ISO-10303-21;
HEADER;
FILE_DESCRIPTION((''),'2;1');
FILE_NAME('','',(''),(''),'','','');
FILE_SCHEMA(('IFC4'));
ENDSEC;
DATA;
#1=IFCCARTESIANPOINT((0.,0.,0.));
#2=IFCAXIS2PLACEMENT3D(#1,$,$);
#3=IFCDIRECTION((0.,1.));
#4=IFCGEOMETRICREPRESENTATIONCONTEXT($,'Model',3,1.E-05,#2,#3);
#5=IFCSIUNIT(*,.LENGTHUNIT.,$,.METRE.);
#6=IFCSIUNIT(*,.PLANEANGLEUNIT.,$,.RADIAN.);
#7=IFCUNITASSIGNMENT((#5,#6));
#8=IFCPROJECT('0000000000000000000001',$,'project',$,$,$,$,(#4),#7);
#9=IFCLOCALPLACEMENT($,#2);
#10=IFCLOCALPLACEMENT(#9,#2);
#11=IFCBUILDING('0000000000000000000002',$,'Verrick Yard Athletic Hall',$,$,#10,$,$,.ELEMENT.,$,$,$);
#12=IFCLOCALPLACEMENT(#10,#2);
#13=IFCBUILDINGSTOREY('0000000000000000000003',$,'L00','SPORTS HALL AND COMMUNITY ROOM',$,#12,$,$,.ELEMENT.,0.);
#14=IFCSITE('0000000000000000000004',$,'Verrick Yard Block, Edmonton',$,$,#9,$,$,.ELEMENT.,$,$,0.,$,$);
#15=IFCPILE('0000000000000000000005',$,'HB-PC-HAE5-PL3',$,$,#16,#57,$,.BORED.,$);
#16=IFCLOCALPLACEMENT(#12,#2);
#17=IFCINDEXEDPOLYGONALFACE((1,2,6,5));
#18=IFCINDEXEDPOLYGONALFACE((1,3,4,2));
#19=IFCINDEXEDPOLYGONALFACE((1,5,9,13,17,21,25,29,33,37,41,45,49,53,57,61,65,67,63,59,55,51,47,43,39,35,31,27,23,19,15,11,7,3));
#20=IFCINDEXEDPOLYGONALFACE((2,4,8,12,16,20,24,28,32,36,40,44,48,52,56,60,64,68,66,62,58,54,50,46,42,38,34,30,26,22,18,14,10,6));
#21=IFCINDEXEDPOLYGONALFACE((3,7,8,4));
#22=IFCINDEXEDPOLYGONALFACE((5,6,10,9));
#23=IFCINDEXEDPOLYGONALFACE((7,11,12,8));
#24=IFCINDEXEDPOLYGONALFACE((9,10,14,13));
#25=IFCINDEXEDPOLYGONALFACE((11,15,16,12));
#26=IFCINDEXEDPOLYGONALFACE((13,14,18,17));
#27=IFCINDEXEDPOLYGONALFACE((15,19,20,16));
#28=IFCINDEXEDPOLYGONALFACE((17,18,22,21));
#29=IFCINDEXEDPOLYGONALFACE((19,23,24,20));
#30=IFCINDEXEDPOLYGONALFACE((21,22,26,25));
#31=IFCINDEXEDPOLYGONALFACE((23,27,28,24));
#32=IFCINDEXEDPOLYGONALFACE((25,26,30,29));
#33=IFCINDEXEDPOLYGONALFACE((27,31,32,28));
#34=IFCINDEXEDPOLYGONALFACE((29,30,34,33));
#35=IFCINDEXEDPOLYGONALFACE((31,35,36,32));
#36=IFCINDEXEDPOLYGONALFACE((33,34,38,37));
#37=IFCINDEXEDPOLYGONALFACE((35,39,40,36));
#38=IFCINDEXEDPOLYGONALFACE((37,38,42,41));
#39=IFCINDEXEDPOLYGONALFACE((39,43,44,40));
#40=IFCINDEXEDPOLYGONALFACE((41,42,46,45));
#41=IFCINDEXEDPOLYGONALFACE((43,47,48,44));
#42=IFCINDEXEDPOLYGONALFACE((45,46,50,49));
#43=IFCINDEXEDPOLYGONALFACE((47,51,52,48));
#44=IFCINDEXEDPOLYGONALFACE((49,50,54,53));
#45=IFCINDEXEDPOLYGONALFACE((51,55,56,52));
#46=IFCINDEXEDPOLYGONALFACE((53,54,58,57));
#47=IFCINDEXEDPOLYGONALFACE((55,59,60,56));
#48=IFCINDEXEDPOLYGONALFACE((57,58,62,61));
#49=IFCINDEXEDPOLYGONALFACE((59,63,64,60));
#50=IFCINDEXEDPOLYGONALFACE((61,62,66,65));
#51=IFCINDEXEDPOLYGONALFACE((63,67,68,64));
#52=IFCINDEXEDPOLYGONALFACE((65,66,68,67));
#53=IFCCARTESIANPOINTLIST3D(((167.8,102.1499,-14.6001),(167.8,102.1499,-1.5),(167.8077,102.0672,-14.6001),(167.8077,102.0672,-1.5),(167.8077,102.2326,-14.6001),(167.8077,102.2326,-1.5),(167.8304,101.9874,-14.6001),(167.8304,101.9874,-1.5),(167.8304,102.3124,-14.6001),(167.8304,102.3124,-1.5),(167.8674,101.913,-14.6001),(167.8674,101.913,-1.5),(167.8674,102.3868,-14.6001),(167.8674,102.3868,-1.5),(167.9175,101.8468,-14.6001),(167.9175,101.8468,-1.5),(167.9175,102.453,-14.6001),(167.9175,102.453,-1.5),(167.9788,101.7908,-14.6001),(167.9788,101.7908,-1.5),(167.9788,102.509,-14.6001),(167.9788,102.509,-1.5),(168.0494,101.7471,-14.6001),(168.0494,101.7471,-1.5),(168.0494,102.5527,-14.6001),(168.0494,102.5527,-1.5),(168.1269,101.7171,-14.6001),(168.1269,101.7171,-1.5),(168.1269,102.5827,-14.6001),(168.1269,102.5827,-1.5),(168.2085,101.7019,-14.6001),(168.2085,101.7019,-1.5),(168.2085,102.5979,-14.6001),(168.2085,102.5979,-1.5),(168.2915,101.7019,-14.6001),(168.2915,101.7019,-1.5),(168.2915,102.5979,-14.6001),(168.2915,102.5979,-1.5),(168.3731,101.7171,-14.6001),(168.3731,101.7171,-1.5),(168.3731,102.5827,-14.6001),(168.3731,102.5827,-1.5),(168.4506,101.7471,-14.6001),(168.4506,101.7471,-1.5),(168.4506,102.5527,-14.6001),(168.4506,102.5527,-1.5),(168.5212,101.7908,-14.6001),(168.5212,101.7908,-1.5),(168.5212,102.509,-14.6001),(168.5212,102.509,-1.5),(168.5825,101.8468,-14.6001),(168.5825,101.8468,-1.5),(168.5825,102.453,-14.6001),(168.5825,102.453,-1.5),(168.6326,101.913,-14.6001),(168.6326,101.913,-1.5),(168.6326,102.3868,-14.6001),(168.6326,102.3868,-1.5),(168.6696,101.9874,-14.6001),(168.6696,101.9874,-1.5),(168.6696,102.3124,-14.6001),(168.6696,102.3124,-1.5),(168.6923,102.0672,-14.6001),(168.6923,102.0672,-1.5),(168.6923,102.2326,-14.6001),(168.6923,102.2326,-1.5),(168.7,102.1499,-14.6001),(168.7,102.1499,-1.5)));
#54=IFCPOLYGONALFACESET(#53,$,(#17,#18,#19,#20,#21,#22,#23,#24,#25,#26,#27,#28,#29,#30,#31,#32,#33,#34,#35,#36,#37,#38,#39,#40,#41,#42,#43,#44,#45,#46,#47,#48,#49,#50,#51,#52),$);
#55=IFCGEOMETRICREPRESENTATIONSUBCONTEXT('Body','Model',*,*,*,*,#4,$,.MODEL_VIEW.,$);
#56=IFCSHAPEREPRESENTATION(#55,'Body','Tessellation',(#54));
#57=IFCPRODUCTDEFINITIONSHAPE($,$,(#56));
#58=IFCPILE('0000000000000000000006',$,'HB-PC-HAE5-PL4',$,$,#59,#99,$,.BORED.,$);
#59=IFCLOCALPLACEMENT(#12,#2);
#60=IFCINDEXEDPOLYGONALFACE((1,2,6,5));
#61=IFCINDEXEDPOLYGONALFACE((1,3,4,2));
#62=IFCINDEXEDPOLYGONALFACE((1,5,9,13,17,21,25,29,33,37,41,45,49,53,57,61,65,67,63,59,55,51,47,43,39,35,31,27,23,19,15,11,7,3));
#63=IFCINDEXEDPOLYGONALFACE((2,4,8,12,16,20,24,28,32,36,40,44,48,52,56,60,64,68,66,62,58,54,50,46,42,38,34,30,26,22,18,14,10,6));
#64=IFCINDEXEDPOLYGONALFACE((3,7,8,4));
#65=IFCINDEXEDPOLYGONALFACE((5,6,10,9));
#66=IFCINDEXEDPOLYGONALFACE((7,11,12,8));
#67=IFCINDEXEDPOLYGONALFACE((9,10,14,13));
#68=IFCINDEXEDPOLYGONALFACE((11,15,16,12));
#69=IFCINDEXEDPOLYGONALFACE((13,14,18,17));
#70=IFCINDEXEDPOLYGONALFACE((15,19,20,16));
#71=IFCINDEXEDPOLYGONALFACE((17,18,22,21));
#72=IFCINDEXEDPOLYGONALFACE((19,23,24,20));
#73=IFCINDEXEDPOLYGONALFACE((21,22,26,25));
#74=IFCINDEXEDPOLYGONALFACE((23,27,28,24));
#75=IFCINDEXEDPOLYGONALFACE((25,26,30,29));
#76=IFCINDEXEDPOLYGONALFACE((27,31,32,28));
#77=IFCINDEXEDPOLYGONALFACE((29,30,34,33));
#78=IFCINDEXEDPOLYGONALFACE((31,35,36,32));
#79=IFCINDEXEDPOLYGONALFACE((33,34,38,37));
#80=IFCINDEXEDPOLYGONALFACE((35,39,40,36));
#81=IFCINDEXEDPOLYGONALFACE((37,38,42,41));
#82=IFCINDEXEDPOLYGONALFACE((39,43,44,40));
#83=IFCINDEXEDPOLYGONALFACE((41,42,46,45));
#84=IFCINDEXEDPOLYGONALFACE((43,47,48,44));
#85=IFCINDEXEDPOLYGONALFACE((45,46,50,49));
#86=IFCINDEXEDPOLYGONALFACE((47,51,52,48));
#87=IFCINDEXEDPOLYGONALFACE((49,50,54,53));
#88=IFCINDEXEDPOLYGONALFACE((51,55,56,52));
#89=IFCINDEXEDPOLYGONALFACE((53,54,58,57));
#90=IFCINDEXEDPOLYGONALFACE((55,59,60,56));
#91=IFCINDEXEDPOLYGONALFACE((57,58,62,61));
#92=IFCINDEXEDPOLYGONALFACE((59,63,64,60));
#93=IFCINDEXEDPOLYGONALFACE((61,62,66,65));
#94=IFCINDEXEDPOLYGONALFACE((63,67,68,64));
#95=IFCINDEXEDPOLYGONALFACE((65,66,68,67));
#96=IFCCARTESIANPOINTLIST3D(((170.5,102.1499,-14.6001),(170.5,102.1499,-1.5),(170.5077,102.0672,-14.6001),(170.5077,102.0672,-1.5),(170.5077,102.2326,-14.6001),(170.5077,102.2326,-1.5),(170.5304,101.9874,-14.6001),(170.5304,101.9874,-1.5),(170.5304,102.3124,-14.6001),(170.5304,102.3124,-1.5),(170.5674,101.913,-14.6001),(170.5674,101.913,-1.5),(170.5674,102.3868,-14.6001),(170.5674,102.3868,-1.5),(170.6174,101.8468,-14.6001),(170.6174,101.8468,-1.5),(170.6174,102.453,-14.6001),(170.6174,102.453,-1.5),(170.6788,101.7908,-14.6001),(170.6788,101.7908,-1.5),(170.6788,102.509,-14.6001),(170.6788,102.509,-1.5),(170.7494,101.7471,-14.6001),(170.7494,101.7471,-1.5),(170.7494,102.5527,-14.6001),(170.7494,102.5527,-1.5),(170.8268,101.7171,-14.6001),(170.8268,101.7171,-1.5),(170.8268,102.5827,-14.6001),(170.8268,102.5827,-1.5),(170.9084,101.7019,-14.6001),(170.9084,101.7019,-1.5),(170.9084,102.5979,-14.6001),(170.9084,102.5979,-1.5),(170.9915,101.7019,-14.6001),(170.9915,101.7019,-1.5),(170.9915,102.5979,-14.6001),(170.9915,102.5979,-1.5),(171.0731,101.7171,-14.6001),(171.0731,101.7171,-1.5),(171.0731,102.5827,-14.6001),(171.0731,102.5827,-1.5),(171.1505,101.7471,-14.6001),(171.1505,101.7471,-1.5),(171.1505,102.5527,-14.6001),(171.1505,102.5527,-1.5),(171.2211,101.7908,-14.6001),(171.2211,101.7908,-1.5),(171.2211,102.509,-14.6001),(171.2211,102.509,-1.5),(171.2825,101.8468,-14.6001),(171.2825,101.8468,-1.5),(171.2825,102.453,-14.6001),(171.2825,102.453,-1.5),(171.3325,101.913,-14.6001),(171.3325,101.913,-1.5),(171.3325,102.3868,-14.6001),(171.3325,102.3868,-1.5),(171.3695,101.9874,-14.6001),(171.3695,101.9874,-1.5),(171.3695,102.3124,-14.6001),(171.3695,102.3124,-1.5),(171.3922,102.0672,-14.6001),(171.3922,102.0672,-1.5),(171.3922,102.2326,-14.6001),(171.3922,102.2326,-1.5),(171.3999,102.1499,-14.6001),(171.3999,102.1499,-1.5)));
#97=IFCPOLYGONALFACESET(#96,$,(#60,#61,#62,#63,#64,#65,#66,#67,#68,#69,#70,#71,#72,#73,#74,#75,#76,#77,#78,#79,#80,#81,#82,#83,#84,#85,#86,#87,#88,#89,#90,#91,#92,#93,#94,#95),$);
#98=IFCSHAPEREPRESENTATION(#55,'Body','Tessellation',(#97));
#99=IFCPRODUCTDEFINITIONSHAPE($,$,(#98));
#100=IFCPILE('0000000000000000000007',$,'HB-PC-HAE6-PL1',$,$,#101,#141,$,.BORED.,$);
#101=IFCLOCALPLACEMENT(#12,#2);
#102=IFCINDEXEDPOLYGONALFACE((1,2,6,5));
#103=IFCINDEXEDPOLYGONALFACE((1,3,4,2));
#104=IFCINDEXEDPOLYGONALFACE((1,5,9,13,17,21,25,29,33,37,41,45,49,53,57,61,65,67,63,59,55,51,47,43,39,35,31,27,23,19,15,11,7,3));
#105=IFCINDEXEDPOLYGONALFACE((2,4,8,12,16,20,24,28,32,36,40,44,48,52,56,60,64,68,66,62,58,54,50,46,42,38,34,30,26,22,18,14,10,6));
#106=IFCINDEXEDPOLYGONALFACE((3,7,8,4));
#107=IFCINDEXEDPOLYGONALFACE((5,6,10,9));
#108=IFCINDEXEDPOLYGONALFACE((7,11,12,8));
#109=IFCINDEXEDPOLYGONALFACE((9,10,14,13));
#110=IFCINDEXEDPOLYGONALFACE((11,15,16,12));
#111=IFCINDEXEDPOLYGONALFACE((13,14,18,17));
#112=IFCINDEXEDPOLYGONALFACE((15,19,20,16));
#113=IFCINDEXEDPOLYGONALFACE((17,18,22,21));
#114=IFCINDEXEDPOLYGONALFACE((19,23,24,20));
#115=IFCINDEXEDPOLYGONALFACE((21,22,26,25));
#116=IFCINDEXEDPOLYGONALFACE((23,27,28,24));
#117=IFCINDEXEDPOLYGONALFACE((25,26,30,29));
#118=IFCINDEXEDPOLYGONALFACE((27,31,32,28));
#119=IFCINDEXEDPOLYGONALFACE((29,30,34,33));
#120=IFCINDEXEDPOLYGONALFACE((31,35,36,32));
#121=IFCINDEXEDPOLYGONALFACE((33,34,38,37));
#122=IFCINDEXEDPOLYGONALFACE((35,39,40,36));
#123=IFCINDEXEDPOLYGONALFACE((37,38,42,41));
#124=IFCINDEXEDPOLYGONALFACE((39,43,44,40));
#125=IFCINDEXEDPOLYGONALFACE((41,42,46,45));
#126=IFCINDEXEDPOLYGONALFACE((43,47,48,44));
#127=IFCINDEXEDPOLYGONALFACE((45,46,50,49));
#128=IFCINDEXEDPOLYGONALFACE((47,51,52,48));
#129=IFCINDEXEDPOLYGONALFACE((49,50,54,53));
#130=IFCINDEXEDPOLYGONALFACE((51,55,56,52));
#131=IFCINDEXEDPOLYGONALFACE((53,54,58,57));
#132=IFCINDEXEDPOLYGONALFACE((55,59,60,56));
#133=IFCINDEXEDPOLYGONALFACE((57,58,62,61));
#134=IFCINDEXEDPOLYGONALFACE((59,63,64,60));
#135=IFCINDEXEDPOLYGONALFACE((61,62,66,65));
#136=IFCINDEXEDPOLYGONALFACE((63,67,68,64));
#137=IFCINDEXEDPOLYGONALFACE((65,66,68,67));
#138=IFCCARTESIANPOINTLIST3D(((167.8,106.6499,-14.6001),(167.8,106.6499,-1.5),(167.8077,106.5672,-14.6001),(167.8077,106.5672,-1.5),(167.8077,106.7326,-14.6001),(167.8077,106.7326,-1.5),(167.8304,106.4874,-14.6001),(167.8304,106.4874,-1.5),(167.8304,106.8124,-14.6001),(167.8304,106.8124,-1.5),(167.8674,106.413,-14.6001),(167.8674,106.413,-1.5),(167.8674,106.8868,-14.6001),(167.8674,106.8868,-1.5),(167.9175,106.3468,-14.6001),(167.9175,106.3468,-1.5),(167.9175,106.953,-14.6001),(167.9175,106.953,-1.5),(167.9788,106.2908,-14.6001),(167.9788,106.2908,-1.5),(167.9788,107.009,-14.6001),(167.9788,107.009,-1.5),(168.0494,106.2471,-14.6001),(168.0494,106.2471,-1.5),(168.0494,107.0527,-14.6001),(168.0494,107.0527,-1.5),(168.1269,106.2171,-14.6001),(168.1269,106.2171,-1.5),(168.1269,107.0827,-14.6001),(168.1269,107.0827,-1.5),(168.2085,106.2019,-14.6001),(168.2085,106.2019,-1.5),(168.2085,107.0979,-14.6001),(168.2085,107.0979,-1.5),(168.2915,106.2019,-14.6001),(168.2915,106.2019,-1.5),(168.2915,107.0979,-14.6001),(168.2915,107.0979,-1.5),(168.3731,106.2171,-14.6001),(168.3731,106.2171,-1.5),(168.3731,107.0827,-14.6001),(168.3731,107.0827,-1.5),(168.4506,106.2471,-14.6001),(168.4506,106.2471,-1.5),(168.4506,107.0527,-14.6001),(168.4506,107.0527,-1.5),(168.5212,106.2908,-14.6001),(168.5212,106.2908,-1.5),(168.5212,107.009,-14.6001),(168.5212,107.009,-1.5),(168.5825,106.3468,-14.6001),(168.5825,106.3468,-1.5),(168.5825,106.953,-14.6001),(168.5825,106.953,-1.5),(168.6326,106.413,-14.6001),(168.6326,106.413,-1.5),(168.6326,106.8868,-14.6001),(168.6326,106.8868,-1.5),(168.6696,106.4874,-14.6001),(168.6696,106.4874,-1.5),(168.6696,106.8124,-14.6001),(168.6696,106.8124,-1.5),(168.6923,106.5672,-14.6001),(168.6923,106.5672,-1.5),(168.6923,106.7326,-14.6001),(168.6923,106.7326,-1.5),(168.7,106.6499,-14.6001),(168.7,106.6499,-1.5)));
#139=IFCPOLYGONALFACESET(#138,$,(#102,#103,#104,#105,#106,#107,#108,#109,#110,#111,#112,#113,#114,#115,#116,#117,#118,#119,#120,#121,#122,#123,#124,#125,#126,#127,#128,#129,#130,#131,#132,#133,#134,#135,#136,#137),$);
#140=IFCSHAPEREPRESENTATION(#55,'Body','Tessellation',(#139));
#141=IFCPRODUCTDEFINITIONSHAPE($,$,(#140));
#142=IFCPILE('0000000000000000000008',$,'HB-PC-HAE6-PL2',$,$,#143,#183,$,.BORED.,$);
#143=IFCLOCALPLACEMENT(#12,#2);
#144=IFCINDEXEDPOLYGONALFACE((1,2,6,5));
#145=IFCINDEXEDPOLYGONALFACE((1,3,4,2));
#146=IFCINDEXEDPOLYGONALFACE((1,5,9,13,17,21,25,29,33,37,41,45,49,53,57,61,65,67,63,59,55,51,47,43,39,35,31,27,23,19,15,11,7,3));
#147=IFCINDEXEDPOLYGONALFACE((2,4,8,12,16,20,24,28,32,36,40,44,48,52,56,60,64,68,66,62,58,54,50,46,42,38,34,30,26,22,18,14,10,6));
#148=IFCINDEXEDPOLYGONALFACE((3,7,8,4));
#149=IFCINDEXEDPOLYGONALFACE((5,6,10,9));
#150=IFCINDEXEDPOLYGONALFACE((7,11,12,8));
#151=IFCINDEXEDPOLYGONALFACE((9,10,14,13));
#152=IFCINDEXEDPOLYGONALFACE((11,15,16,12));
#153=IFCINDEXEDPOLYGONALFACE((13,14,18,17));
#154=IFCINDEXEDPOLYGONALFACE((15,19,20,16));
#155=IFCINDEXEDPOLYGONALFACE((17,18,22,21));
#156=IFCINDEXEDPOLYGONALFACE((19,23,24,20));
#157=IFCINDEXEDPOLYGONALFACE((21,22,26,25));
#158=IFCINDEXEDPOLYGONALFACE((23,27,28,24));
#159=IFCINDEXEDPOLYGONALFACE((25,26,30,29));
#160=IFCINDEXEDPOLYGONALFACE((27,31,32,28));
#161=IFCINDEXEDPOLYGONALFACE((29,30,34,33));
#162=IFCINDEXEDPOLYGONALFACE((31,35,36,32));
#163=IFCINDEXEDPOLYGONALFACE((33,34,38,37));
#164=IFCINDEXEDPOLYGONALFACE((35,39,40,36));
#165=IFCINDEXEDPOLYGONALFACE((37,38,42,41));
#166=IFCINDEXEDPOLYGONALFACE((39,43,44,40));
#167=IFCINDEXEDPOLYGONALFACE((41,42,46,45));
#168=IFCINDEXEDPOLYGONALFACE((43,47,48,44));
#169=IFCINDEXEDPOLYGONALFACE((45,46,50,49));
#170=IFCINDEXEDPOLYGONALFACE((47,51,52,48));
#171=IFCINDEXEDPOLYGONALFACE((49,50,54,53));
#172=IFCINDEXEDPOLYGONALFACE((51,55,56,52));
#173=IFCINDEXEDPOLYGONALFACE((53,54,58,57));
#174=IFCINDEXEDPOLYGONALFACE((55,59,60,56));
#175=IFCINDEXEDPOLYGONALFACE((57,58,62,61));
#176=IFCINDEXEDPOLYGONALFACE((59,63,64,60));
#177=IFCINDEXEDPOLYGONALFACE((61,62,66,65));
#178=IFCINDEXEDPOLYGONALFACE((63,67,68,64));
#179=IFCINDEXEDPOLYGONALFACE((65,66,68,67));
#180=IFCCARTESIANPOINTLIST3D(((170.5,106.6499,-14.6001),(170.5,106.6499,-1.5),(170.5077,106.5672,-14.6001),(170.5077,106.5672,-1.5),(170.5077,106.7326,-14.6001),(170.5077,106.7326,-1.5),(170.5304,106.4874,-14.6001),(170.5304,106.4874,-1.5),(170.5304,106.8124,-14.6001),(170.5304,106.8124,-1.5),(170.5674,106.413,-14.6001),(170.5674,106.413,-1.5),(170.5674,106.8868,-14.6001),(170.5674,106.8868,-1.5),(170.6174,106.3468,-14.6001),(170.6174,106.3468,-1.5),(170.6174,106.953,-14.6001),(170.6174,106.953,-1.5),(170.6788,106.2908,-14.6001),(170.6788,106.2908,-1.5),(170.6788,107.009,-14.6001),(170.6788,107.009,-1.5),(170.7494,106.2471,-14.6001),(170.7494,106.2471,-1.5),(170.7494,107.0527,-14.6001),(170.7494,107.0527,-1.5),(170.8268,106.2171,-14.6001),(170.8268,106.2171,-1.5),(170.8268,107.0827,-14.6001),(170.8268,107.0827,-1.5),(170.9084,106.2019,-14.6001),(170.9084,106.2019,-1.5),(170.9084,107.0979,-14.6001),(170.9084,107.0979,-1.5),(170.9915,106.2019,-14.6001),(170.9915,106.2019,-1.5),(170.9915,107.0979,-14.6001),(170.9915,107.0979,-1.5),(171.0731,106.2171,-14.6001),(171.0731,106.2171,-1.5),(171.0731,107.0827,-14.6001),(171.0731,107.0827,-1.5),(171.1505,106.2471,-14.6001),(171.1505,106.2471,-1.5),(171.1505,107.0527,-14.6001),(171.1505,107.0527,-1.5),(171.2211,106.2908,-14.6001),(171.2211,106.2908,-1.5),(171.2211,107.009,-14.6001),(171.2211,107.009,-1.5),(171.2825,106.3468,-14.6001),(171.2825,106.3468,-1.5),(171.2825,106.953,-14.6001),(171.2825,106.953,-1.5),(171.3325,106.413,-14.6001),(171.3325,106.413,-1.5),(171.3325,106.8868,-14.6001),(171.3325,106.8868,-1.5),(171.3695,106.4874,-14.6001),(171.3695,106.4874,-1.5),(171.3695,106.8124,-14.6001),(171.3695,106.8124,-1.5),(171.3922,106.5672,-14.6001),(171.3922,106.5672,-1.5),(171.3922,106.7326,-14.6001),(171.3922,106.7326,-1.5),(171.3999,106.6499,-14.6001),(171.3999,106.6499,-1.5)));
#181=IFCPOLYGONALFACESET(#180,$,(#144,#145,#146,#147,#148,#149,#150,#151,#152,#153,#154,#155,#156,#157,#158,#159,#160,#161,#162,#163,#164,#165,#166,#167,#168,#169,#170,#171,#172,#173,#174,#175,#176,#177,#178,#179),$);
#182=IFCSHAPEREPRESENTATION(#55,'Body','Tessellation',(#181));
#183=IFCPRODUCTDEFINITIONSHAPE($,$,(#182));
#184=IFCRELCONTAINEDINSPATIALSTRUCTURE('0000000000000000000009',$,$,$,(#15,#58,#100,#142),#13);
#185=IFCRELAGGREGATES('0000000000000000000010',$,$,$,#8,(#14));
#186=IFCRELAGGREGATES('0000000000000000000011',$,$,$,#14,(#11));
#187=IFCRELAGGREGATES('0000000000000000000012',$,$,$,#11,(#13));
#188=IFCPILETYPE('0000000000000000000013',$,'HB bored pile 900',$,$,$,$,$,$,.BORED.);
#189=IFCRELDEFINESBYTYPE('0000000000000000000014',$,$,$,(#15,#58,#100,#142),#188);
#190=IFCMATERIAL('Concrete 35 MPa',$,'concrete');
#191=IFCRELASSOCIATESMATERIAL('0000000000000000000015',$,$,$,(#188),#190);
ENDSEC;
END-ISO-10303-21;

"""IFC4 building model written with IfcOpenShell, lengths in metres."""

from ifc_helpers import new_model, si_unit, direction, frame, origin, origin_2d, place, context, subcontext, project, spatial, circle, extrude, material, material_profile, profile_set, type_object, element, save


model = new_model("IFC4")

# Units and contexts
model_context = context("Model", 3, precision=1e-05, world=origin(), true_north=direction((0.0, 1.0)))
body_context = subcontext(model_context, "Body", "Model", "MODEL_VIEW")
ifc_project = project(units=[si_unit("LENGTHUNIT", "METRE"), si_unit("PLANEANGLEUNIT", "RADIAN")], contexts=[model_context])

# Site, building, storey
site_placement = place(None, origin())
site = spatial("IfcSite", under=ifc_project, at=site_placement, Name="Verrick Yard Block, Edmonton", CompositionType="ELEMENT", RefElevation=0.0)
building_placement = place(site_placement, origin())
building = spatial("IfcBuilding", under=site, at=building_placement, Name="Verrick Yard Athletic Hall", CompositionType="ELEMENT")
storey_placement = place(building_placement, origin())
storey = spatial("IfcBuildingStorey", under=building, at=storey_placement, Name="L00", Description="SPORTS HALL AND COMMUNITY ROOM", CompositionType="ELEMENT", Elevation=0.0)

# Piles
ifc_material_1 = material(Name="Concrete 35 MPa", Category="concrete")
ifc_material_profile_1 = material_profile(ifc_material_1, circle(Radius=0.45, at=origin_2d()), Name="Bored pile 900")
ifc_profile_set_1 = profile_set([ifc_material_profile_1], Name="Concrete 35 MPa")
pile_type = type_object("IfcPileType", Name="HB bored pile 900", PredefinedType="BORED", material=ifc_profile_set_1)
for number, where, z_axis, x_axis, name in (
    (1, (168.25, 102.1499, -1.5), (0.0, 0.0, -1.0), (1.0, 0.0, 0.0), "HB-PC-HAE5-PL3"),
    (2, (170.95, 102.1499, -1.5), (0.0, 0.0, -1.0), (1.0, 0.0, 0.0), "HB-PC-HAE5-PL4"),
    (3, (168.25, 106.6499, -1.5), (0.0, 0.0, -1.0), (1.0, 0.0, 0.0), "HB-PC-HAE6-PL1"),
    (4, (170.95, 106.6499, -1.5), (0.0, 0.0, -1.0), (1.0, 0.0, 0.0), "HB-PC-HAE6-PL2"),
):
    element("IfcPile", number, at=place(storey_placement, frame(where, z_axis=z_axis, x_axis=x_axis)), inside=storey, type_object=pile_type, Name=name, PredefinedType="BORED", context=body_context, shape_type="SweptSolid", body=[
        extrude(circle(Radius=0.45, at=origin_2d()), origin(), (0.0, 0.0, 1.0), 13.1001),
    ])

save(model, "model.ifc")
